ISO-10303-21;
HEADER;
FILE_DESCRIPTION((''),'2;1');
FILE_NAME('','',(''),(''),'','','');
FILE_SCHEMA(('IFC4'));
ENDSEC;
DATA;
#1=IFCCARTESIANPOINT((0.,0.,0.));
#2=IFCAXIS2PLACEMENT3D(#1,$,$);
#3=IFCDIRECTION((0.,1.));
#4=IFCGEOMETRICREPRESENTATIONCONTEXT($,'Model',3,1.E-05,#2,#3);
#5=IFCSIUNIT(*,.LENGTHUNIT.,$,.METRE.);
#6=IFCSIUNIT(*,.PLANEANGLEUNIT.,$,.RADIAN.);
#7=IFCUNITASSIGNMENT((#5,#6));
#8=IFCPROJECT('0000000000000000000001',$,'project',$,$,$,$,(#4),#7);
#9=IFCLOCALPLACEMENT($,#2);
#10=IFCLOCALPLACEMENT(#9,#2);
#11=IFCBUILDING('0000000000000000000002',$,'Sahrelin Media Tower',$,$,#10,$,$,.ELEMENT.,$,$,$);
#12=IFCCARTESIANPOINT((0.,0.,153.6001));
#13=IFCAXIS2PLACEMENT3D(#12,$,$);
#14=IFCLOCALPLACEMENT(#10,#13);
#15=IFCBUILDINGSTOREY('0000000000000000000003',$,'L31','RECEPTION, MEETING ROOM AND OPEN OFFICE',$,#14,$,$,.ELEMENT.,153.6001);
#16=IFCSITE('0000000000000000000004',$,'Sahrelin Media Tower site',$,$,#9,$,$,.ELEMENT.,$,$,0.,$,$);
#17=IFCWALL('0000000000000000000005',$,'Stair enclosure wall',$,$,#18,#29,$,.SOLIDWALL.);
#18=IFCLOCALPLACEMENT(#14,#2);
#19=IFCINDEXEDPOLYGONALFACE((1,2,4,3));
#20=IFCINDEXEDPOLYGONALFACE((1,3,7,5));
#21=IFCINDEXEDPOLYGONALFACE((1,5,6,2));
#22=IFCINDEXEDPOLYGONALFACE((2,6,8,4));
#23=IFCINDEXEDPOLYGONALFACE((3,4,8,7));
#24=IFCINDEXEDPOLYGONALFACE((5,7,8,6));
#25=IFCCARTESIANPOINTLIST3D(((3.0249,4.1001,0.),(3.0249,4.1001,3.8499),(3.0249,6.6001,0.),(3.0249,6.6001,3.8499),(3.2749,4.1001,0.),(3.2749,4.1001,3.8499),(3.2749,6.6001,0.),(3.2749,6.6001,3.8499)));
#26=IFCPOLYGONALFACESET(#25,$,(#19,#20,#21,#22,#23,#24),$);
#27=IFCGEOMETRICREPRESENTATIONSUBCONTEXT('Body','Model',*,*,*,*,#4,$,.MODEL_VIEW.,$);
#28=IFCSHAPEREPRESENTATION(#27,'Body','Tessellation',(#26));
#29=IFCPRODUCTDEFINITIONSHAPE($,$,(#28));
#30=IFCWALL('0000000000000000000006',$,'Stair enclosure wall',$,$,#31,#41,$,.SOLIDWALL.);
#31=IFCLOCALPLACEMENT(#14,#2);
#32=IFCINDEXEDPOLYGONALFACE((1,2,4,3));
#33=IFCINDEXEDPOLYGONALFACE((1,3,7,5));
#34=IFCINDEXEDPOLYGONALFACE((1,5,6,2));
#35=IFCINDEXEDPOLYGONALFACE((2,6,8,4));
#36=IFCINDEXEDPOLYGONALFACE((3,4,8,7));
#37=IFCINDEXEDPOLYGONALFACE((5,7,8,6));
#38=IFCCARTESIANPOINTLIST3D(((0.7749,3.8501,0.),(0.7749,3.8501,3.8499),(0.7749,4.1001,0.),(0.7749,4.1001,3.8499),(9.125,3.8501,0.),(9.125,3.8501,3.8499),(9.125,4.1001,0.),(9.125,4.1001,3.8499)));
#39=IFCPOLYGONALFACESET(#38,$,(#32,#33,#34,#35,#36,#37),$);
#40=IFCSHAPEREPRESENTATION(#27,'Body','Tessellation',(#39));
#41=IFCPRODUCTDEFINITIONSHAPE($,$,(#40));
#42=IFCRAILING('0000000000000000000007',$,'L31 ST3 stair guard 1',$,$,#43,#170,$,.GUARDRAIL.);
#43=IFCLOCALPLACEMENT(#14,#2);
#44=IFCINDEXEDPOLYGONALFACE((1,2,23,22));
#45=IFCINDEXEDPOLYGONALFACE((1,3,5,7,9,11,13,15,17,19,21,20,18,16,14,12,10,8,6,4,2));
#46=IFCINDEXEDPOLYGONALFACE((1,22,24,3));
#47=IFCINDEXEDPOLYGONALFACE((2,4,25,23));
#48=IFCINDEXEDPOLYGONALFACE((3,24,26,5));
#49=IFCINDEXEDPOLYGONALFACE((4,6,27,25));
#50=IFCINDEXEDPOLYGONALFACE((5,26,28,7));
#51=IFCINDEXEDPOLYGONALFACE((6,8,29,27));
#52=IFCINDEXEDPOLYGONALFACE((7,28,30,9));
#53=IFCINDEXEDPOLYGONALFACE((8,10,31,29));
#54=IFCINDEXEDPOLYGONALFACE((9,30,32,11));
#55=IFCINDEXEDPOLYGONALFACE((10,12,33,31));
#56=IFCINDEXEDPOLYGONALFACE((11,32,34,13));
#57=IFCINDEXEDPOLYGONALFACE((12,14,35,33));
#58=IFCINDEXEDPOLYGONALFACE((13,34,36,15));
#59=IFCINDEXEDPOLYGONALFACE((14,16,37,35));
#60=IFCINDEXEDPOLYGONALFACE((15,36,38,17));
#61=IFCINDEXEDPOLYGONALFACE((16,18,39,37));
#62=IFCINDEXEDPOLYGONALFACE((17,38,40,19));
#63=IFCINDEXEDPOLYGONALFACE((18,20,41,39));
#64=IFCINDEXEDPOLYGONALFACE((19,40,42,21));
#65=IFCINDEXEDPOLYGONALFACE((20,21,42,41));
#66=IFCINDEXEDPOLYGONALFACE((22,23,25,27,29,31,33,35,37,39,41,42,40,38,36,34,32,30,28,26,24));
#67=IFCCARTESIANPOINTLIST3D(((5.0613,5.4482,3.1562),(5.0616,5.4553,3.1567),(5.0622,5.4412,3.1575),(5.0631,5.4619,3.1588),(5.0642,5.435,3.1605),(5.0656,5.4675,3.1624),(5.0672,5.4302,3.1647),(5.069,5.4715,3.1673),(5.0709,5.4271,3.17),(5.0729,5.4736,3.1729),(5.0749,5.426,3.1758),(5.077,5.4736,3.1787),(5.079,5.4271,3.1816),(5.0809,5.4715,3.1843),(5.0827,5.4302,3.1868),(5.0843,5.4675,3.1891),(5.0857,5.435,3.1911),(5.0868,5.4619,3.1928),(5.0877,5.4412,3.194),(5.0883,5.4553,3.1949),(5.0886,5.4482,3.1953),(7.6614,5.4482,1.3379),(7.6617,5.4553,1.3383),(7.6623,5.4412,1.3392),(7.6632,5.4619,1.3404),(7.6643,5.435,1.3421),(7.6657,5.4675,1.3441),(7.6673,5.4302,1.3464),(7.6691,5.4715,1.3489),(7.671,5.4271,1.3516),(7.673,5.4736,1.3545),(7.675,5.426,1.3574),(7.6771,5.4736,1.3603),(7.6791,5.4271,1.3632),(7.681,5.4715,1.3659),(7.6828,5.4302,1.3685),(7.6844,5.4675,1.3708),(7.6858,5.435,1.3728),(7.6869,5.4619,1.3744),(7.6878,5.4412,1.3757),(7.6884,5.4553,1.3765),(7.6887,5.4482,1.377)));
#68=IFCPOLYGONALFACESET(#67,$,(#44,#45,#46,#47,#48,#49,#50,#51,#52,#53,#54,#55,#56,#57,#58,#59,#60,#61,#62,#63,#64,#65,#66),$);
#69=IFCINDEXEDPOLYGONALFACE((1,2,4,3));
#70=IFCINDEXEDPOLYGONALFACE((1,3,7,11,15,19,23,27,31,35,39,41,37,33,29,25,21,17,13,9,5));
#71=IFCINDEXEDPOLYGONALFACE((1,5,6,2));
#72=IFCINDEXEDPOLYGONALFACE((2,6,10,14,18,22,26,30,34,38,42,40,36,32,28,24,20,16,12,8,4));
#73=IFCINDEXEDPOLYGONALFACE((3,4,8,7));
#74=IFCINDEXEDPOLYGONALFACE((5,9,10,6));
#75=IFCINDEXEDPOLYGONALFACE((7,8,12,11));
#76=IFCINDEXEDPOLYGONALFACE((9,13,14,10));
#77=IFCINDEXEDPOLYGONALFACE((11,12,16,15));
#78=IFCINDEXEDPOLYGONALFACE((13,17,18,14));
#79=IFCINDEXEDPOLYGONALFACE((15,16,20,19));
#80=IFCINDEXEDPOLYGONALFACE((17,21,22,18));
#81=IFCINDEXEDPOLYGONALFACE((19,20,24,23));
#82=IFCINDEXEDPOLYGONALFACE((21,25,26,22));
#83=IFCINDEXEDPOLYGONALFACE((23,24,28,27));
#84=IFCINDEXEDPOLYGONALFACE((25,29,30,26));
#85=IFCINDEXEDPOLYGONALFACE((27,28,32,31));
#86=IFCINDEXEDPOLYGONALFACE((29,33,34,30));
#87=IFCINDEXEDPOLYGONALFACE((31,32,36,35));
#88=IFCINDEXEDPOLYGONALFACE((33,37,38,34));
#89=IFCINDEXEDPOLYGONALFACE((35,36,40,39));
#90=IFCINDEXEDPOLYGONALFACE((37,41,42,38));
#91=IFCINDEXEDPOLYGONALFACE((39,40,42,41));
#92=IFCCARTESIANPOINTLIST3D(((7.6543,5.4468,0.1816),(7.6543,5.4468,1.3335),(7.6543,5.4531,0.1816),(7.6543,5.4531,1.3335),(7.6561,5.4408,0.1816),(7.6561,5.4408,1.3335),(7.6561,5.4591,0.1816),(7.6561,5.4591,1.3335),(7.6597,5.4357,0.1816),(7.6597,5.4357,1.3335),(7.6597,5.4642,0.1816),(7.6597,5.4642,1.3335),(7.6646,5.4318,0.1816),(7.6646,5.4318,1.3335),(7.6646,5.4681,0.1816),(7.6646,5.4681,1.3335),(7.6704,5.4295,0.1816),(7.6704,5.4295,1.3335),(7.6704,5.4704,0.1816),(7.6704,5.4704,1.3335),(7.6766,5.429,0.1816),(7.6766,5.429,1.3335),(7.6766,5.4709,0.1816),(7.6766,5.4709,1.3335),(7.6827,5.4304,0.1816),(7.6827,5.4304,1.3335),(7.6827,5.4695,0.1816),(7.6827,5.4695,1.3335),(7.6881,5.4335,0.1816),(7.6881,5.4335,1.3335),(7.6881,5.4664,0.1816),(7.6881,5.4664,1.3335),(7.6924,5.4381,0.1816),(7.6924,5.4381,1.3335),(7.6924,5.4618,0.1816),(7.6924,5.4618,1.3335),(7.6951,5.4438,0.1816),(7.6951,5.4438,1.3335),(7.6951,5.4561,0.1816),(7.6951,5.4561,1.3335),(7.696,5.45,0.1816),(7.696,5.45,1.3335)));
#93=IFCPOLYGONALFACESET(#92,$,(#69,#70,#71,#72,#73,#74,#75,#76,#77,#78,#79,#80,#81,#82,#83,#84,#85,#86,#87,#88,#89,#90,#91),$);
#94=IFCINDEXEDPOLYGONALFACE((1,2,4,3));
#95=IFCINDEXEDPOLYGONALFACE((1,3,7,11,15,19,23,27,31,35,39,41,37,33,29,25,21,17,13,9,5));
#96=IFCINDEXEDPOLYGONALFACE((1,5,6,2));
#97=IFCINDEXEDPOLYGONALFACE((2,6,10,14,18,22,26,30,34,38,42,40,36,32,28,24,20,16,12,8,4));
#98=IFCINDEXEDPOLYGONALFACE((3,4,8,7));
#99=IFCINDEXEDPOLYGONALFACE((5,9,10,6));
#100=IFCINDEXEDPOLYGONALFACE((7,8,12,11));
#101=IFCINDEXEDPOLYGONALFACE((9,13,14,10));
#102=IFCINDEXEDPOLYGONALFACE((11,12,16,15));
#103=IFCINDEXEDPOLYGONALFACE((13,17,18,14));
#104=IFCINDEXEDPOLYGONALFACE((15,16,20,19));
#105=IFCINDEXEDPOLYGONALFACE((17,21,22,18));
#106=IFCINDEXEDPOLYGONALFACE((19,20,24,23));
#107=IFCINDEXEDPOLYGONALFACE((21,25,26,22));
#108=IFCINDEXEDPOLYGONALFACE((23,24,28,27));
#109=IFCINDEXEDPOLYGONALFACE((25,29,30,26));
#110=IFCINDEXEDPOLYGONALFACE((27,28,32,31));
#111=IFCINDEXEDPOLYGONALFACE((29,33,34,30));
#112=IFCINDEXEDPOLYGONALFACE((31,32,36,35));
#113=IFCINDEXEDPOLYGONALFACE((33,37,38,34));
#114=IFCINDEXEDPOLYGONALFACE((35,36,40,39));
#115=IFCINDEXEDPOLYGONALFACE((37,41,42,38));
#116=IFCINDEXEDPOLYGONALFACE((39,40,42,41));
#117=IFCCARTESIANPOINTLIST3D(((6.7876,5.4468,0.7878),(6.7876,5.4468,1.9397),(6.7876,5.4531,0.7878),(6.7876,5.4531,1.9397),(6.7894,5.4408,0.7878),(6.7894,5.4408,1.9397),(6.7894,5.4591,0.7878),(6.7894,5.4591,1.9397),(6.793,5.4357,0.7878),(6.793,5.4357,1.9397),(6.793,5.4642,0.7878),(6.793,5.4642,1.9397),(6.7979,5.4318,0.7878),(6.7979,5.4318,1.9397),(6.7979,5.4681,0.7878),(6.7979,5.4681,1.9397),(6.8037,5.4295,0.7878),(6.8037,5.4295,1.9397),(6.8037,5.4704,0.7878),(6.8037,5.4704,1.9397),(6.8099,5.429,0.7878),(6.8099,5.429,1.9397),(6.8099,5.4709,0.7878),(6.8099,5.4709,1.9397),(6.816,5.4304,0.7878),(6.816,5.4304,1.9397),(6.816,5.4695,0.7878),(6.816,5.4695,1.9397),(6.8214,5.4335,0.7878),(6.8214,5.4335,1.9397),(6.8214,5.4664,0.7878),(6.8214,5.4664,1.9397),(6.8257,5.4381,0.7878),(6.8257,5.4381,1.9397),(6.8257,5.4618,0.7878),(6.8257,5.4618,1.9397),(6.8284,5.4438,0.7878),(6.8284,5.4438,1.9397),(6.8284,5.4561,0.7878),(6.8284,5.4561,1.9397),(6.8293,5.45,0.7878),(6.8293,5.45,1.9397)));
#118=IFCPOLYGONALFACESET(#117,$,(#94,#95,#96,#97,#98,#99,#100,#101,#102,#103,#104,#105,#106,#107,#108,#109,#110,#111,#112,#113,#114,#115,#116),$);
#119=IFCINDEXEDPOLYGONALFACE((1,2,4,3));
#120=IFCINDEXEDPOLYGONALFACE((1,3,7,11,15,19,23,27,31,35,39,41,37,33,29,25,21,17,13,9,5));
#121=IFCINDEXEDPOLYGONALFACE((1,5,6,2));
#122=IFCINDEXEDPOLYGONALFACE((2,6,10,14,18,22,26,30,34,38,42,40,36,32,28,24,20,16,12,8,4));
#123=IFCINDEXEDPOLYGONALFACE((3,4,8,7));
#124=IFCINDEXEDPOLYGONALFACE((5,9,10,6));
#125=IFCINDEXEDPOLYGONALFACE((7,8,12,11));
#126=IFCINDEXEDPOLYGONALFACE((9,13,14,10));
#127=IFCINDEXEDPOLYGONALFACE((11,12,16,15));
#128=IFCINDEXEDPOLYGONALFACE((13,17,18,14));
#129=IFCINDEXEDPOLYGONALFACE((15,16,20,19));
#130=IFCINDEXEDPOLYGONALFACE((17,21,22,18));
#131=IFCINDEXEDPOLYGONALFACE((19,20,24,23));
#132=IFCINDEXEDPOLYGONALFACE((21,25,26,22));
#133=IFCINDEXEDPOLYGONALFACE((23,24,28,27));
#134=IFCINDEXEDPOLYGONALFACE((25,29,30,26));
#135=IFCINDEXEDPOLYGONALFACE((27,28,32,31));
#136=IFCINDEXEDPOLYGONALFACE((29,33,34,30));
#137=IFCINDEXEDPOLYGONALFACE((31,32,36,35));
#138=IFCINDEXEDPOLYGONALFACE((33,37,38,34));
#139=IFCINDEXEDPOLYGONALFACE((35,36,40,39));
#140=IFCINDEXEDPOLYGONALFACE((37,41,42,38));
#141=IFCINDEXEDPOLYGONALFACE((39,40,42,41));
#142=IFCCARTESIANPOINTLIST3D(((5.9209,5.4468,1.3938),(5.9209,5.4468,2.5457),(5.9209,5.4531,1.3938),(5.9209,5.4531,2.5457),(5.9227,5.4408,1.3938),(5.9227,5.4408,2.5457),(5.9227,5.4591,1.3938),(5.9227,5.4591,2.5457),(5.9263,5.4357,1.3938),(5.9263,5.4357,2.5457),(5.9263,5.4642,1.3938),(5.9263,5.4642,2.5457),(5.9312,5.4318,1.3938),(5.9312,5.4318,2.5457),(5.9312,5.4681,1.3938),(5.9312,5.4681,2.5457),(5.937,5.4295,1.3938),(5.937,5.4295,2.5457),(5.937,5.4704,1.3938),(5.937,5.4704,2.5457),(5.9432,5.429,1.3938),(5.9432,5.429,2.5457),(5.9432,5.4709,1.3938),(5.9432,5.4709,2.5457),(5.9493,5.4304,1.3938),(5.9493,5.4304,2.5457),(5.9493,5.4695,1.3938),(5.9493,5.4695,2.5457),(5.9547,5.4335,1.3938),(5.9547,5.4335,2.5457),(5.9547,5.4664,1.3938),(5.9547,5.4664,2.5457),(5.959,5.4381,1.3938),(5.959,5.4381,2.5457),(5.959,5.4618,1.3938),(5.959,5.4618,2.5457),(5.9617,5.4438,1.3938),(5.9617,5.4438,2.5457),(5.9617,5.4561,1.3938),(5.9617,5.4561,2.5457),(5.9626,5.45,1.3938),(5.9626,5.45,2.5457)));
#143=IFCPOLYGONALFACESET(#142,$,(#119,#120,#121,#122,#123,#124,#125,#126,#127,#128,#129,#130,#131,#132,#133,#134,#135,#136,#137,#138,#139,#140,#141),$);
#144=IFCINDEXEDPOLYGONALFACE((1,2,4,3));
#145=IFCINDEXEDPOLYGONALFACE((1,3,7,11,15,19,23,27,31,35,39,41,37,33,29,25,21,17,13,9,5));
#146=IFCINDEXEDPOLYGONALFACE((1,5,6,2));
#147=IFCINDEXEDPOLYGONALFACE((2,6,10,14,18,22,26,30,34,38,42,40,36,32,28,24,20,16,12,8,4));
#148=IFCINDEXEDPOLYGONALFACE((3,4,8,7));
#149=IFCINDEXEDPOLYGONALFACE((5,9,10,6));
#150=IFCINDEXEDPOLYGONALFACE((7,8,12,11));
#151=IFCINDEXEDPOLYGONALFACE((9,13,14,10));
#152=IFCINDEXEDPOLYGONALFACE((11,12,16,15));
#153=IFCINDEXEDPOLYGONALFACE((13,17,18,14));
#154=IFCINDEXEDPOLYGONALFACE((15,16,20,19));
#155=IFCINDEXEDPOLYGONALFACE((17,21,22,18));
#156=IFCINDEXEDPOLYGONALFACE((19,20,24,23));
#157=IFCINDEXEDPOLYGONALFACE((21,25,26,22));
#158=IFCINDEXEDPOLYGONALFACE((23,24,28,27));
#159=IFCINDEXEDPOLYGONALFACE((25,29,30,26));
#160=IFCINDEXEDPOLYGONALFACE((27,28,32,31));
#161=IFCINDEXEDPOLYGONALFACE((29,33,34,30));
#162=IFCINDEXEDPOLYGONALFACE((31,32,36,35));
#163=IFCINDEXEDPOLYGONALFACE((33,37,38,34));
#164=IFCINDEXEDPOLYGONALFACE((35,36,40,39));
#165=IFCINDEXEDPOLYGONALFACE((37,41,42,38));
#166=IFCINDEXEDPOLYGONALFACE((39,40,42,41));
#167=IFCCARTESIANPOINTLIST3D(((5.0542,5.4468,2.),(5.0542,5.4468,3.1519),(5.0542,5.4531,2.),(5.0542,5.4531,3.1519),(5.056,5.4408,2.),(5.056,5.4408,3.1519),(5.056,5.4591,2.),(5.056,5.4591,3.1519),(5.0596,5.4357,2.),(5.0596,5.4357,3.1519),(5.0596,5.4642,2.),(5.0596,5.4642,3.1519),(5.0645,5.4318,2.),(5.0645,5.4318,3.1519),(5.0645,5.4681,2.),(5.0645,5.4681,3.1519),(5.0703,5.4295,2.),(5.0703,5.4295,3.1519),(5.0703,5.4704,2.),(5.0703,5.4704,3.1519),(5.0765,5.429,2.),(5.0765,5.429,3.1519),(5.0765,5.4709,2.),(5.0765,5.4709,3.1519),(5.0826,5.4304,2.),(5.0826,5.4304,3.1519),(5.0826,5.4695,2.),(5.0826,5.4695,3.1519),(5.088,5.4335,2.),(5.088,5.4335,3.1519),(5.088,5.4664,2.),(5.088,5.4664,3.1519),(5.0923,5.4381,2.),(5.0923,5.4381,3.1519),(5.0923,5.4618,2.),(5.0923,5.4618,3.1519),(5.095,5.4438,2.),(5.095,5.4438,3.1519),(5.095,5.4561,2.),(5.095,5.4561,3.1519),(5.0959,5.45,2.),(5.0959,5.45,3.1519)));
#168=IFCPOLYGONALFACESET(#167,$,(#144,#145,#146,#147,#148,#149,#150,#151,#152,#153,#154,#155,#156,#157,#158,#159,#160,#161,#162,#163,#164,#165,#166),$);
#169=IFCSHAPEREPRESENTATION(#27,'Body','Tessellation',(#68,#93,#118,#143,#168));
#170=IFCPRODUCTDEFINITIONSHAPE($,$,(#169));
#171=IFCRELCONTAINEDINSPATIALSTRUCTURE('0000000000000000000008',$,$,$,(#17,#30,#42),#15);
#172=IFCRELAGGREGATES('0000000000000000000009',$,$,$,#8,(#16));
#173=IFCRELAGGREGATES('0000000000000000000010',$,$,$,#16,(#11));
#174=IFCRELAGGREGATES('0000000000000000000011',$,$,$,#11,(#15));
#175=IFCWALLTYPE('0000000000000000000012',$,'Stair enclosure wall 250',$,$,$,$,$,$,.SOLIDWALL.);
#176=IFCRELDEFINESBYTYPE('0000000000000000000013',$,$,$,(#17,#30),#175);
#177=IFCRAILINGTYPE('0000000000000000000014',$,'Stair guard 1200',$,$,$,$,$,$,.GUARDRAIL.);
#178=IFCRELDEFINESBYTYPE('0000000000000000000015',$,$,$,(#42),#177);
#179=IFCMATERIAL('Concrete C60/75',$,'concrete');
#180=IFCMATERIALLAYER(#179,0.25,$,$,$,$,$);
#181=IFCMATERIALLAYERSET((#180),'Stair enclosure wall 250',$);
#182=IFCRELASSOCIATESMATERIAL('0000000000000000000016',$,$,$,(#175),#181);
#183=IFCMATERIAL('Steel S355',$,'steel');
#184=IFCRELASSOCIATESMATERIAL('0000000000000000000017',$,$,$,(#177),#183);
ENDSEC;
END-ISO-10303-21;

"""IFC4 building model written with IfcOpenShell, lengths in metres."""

from ifc_helpers import new_model, si_unit, direction, frame, frame_2d, origin, origin_2d, place, context, subcontext, project, spatial, rectangle, circle, extrude, material, layer, layer_set, type_object, element, save


model = new_model("IFC4")

# Units and contexts
model_context = context("Model", 3, precision=1e-05, world=origin(), true_north=direction((0.0, 1.0)))
body_context = subcontext(model_context, "Body", "Model", "MODEL_VIEW")
ifc_project = project(units=[si_unit("LENGTHUNIT", "METRE"), si_unit("PLANEANGLEUNIT", "RADIAN")], contexts=[model_context])

# Site, building, storey
site_placement = place(None, origin())
site = spatial("IfcSite", under=ifc_project, at=site_placement, Name="Sahrelin Media Tower site", CompositionType="ELEMENT", RefElevation=0.0)
building_placement = place(site_placement, origin())
building = spatial("IfcBuilding", under=site, at=building_placement, Name="Sahrelin Media Tower", CompositionType="ELEMENT")
storey_placement = place(building_placement, frame((0.0, 0.0, 153.6001)))
storey = spatial("IfcBuildingStorey", under=building, at=storey_placement, Name="L31", Description="RECEPTION, MEETING ROOM AND OPEN OFFICE", CompositionType="ELEMENT", Elevation=153.6001)

# Shared definitions
ifc_material_1 = material(Name="Steel S355", Category="steel")

# Shared definitions
ifc_material_2 = material(Name="Concrete C60/75", Category="concrete")
ifc_layer_1 = layer(ifc_material_2, 0.25)
ifc_layer_set_1 = layer_set([ifc_layer_1], Name="Stair enclosure wall 250")
wall_type_1 = type_object("IfcWallType", Name="Stair enclosure wall 250", PredefinedType="SOLIDWALL", material=ifc_layer_set_1)

# Walls
wall_1_placement = place(storey_placement, frame((3.1499, 4.1001, 0.0), z_axis=(0.0, 0.0, 1.0), x_axis=(0.0, 1.0, 0.0)))
element("IfcWall", 1, at=wall_1_placement, inside=storey, type_object=wall_type_1, Name="Stair enclosure wall", PredefinedType="SOLIDWALL", context=body_context, shape_type="SweptSolid", body=[
    extrude(rectangle(XDim=2.5, YDim=0.25, at=frame_2d((1.25, 0.0))), origin(), (0.0, 0.0, 1.0), 3.8499),
])
wall_2_placement = place(storey_placement, frame((0.7749, 3.9751, 0.0), z_axis=(0.0, 0.0, 1.0), x_axis=(1.0, 0.0, 0.0)))
element("IfcWall", 2, at=wall_2_placement, inside=storey, type_object=wall_type_1, Name="Stair enclosure wall", PredefinedType="SOLIDWALL", context=body_context, shape_type="SweptSolid", body=[
    extrude(rectangle(XDim=8.3501, YDim=0.25, at=frame_2d((4.175, 0.0))), origin(), (0.0, 0.0, 1.0), 3.8499),
])

# Railing
railing_type_1 = type_object("IfcRailingType", Name="Stair guard 1200", PredefinedType="GUARDRAIL", material=ifc_material_1)
railing_1_placement = place(storey_placement, frame((7.675, 5.45, 0.1816)))
element("IfcRailing", 3, at=railing_1_placement, inside=storey, type_object=railing_type_1, Name="L31 ST3 stair guard 1", PredefinedType="GUARDRAIL", context=body_context, shape_type="SweptSolid", body=[
    extrude(circle(Radius=0.0239, at=origin_2d()), frame((0.0, 0.0, 1.1758), z_axis=(-0.819485, 0.0, 0.573101), x_axis=(0.0, -1.0, 0.0)), (0.0, 0.0, 1.0), 3.1729),
    extrude(circle(Radius=0.021, at=origin_2d()), origin(), (0.0, 0.0, 1.0), 1.1519),
    extrude(circle(Radius=0.021, at=origin_2d()), frame((-0.8667, 0.0, 0.6062)), (0.0, 0.0, 1.0), 1.1519),
    extrude(circle(Radius=0.021, at=origin_2d()), frame((-1.7334, 0.0, 1.2122)), (0.0, 0.0, 1.0), 1.1519),
    extrude(circle(Radius=0.021, at=origin_2d()), frame((-2.6001, 0.0, 1.8184)), (0.0, 0.0, 1.0), 1.1519),
])

save(model, "model.ifc")
